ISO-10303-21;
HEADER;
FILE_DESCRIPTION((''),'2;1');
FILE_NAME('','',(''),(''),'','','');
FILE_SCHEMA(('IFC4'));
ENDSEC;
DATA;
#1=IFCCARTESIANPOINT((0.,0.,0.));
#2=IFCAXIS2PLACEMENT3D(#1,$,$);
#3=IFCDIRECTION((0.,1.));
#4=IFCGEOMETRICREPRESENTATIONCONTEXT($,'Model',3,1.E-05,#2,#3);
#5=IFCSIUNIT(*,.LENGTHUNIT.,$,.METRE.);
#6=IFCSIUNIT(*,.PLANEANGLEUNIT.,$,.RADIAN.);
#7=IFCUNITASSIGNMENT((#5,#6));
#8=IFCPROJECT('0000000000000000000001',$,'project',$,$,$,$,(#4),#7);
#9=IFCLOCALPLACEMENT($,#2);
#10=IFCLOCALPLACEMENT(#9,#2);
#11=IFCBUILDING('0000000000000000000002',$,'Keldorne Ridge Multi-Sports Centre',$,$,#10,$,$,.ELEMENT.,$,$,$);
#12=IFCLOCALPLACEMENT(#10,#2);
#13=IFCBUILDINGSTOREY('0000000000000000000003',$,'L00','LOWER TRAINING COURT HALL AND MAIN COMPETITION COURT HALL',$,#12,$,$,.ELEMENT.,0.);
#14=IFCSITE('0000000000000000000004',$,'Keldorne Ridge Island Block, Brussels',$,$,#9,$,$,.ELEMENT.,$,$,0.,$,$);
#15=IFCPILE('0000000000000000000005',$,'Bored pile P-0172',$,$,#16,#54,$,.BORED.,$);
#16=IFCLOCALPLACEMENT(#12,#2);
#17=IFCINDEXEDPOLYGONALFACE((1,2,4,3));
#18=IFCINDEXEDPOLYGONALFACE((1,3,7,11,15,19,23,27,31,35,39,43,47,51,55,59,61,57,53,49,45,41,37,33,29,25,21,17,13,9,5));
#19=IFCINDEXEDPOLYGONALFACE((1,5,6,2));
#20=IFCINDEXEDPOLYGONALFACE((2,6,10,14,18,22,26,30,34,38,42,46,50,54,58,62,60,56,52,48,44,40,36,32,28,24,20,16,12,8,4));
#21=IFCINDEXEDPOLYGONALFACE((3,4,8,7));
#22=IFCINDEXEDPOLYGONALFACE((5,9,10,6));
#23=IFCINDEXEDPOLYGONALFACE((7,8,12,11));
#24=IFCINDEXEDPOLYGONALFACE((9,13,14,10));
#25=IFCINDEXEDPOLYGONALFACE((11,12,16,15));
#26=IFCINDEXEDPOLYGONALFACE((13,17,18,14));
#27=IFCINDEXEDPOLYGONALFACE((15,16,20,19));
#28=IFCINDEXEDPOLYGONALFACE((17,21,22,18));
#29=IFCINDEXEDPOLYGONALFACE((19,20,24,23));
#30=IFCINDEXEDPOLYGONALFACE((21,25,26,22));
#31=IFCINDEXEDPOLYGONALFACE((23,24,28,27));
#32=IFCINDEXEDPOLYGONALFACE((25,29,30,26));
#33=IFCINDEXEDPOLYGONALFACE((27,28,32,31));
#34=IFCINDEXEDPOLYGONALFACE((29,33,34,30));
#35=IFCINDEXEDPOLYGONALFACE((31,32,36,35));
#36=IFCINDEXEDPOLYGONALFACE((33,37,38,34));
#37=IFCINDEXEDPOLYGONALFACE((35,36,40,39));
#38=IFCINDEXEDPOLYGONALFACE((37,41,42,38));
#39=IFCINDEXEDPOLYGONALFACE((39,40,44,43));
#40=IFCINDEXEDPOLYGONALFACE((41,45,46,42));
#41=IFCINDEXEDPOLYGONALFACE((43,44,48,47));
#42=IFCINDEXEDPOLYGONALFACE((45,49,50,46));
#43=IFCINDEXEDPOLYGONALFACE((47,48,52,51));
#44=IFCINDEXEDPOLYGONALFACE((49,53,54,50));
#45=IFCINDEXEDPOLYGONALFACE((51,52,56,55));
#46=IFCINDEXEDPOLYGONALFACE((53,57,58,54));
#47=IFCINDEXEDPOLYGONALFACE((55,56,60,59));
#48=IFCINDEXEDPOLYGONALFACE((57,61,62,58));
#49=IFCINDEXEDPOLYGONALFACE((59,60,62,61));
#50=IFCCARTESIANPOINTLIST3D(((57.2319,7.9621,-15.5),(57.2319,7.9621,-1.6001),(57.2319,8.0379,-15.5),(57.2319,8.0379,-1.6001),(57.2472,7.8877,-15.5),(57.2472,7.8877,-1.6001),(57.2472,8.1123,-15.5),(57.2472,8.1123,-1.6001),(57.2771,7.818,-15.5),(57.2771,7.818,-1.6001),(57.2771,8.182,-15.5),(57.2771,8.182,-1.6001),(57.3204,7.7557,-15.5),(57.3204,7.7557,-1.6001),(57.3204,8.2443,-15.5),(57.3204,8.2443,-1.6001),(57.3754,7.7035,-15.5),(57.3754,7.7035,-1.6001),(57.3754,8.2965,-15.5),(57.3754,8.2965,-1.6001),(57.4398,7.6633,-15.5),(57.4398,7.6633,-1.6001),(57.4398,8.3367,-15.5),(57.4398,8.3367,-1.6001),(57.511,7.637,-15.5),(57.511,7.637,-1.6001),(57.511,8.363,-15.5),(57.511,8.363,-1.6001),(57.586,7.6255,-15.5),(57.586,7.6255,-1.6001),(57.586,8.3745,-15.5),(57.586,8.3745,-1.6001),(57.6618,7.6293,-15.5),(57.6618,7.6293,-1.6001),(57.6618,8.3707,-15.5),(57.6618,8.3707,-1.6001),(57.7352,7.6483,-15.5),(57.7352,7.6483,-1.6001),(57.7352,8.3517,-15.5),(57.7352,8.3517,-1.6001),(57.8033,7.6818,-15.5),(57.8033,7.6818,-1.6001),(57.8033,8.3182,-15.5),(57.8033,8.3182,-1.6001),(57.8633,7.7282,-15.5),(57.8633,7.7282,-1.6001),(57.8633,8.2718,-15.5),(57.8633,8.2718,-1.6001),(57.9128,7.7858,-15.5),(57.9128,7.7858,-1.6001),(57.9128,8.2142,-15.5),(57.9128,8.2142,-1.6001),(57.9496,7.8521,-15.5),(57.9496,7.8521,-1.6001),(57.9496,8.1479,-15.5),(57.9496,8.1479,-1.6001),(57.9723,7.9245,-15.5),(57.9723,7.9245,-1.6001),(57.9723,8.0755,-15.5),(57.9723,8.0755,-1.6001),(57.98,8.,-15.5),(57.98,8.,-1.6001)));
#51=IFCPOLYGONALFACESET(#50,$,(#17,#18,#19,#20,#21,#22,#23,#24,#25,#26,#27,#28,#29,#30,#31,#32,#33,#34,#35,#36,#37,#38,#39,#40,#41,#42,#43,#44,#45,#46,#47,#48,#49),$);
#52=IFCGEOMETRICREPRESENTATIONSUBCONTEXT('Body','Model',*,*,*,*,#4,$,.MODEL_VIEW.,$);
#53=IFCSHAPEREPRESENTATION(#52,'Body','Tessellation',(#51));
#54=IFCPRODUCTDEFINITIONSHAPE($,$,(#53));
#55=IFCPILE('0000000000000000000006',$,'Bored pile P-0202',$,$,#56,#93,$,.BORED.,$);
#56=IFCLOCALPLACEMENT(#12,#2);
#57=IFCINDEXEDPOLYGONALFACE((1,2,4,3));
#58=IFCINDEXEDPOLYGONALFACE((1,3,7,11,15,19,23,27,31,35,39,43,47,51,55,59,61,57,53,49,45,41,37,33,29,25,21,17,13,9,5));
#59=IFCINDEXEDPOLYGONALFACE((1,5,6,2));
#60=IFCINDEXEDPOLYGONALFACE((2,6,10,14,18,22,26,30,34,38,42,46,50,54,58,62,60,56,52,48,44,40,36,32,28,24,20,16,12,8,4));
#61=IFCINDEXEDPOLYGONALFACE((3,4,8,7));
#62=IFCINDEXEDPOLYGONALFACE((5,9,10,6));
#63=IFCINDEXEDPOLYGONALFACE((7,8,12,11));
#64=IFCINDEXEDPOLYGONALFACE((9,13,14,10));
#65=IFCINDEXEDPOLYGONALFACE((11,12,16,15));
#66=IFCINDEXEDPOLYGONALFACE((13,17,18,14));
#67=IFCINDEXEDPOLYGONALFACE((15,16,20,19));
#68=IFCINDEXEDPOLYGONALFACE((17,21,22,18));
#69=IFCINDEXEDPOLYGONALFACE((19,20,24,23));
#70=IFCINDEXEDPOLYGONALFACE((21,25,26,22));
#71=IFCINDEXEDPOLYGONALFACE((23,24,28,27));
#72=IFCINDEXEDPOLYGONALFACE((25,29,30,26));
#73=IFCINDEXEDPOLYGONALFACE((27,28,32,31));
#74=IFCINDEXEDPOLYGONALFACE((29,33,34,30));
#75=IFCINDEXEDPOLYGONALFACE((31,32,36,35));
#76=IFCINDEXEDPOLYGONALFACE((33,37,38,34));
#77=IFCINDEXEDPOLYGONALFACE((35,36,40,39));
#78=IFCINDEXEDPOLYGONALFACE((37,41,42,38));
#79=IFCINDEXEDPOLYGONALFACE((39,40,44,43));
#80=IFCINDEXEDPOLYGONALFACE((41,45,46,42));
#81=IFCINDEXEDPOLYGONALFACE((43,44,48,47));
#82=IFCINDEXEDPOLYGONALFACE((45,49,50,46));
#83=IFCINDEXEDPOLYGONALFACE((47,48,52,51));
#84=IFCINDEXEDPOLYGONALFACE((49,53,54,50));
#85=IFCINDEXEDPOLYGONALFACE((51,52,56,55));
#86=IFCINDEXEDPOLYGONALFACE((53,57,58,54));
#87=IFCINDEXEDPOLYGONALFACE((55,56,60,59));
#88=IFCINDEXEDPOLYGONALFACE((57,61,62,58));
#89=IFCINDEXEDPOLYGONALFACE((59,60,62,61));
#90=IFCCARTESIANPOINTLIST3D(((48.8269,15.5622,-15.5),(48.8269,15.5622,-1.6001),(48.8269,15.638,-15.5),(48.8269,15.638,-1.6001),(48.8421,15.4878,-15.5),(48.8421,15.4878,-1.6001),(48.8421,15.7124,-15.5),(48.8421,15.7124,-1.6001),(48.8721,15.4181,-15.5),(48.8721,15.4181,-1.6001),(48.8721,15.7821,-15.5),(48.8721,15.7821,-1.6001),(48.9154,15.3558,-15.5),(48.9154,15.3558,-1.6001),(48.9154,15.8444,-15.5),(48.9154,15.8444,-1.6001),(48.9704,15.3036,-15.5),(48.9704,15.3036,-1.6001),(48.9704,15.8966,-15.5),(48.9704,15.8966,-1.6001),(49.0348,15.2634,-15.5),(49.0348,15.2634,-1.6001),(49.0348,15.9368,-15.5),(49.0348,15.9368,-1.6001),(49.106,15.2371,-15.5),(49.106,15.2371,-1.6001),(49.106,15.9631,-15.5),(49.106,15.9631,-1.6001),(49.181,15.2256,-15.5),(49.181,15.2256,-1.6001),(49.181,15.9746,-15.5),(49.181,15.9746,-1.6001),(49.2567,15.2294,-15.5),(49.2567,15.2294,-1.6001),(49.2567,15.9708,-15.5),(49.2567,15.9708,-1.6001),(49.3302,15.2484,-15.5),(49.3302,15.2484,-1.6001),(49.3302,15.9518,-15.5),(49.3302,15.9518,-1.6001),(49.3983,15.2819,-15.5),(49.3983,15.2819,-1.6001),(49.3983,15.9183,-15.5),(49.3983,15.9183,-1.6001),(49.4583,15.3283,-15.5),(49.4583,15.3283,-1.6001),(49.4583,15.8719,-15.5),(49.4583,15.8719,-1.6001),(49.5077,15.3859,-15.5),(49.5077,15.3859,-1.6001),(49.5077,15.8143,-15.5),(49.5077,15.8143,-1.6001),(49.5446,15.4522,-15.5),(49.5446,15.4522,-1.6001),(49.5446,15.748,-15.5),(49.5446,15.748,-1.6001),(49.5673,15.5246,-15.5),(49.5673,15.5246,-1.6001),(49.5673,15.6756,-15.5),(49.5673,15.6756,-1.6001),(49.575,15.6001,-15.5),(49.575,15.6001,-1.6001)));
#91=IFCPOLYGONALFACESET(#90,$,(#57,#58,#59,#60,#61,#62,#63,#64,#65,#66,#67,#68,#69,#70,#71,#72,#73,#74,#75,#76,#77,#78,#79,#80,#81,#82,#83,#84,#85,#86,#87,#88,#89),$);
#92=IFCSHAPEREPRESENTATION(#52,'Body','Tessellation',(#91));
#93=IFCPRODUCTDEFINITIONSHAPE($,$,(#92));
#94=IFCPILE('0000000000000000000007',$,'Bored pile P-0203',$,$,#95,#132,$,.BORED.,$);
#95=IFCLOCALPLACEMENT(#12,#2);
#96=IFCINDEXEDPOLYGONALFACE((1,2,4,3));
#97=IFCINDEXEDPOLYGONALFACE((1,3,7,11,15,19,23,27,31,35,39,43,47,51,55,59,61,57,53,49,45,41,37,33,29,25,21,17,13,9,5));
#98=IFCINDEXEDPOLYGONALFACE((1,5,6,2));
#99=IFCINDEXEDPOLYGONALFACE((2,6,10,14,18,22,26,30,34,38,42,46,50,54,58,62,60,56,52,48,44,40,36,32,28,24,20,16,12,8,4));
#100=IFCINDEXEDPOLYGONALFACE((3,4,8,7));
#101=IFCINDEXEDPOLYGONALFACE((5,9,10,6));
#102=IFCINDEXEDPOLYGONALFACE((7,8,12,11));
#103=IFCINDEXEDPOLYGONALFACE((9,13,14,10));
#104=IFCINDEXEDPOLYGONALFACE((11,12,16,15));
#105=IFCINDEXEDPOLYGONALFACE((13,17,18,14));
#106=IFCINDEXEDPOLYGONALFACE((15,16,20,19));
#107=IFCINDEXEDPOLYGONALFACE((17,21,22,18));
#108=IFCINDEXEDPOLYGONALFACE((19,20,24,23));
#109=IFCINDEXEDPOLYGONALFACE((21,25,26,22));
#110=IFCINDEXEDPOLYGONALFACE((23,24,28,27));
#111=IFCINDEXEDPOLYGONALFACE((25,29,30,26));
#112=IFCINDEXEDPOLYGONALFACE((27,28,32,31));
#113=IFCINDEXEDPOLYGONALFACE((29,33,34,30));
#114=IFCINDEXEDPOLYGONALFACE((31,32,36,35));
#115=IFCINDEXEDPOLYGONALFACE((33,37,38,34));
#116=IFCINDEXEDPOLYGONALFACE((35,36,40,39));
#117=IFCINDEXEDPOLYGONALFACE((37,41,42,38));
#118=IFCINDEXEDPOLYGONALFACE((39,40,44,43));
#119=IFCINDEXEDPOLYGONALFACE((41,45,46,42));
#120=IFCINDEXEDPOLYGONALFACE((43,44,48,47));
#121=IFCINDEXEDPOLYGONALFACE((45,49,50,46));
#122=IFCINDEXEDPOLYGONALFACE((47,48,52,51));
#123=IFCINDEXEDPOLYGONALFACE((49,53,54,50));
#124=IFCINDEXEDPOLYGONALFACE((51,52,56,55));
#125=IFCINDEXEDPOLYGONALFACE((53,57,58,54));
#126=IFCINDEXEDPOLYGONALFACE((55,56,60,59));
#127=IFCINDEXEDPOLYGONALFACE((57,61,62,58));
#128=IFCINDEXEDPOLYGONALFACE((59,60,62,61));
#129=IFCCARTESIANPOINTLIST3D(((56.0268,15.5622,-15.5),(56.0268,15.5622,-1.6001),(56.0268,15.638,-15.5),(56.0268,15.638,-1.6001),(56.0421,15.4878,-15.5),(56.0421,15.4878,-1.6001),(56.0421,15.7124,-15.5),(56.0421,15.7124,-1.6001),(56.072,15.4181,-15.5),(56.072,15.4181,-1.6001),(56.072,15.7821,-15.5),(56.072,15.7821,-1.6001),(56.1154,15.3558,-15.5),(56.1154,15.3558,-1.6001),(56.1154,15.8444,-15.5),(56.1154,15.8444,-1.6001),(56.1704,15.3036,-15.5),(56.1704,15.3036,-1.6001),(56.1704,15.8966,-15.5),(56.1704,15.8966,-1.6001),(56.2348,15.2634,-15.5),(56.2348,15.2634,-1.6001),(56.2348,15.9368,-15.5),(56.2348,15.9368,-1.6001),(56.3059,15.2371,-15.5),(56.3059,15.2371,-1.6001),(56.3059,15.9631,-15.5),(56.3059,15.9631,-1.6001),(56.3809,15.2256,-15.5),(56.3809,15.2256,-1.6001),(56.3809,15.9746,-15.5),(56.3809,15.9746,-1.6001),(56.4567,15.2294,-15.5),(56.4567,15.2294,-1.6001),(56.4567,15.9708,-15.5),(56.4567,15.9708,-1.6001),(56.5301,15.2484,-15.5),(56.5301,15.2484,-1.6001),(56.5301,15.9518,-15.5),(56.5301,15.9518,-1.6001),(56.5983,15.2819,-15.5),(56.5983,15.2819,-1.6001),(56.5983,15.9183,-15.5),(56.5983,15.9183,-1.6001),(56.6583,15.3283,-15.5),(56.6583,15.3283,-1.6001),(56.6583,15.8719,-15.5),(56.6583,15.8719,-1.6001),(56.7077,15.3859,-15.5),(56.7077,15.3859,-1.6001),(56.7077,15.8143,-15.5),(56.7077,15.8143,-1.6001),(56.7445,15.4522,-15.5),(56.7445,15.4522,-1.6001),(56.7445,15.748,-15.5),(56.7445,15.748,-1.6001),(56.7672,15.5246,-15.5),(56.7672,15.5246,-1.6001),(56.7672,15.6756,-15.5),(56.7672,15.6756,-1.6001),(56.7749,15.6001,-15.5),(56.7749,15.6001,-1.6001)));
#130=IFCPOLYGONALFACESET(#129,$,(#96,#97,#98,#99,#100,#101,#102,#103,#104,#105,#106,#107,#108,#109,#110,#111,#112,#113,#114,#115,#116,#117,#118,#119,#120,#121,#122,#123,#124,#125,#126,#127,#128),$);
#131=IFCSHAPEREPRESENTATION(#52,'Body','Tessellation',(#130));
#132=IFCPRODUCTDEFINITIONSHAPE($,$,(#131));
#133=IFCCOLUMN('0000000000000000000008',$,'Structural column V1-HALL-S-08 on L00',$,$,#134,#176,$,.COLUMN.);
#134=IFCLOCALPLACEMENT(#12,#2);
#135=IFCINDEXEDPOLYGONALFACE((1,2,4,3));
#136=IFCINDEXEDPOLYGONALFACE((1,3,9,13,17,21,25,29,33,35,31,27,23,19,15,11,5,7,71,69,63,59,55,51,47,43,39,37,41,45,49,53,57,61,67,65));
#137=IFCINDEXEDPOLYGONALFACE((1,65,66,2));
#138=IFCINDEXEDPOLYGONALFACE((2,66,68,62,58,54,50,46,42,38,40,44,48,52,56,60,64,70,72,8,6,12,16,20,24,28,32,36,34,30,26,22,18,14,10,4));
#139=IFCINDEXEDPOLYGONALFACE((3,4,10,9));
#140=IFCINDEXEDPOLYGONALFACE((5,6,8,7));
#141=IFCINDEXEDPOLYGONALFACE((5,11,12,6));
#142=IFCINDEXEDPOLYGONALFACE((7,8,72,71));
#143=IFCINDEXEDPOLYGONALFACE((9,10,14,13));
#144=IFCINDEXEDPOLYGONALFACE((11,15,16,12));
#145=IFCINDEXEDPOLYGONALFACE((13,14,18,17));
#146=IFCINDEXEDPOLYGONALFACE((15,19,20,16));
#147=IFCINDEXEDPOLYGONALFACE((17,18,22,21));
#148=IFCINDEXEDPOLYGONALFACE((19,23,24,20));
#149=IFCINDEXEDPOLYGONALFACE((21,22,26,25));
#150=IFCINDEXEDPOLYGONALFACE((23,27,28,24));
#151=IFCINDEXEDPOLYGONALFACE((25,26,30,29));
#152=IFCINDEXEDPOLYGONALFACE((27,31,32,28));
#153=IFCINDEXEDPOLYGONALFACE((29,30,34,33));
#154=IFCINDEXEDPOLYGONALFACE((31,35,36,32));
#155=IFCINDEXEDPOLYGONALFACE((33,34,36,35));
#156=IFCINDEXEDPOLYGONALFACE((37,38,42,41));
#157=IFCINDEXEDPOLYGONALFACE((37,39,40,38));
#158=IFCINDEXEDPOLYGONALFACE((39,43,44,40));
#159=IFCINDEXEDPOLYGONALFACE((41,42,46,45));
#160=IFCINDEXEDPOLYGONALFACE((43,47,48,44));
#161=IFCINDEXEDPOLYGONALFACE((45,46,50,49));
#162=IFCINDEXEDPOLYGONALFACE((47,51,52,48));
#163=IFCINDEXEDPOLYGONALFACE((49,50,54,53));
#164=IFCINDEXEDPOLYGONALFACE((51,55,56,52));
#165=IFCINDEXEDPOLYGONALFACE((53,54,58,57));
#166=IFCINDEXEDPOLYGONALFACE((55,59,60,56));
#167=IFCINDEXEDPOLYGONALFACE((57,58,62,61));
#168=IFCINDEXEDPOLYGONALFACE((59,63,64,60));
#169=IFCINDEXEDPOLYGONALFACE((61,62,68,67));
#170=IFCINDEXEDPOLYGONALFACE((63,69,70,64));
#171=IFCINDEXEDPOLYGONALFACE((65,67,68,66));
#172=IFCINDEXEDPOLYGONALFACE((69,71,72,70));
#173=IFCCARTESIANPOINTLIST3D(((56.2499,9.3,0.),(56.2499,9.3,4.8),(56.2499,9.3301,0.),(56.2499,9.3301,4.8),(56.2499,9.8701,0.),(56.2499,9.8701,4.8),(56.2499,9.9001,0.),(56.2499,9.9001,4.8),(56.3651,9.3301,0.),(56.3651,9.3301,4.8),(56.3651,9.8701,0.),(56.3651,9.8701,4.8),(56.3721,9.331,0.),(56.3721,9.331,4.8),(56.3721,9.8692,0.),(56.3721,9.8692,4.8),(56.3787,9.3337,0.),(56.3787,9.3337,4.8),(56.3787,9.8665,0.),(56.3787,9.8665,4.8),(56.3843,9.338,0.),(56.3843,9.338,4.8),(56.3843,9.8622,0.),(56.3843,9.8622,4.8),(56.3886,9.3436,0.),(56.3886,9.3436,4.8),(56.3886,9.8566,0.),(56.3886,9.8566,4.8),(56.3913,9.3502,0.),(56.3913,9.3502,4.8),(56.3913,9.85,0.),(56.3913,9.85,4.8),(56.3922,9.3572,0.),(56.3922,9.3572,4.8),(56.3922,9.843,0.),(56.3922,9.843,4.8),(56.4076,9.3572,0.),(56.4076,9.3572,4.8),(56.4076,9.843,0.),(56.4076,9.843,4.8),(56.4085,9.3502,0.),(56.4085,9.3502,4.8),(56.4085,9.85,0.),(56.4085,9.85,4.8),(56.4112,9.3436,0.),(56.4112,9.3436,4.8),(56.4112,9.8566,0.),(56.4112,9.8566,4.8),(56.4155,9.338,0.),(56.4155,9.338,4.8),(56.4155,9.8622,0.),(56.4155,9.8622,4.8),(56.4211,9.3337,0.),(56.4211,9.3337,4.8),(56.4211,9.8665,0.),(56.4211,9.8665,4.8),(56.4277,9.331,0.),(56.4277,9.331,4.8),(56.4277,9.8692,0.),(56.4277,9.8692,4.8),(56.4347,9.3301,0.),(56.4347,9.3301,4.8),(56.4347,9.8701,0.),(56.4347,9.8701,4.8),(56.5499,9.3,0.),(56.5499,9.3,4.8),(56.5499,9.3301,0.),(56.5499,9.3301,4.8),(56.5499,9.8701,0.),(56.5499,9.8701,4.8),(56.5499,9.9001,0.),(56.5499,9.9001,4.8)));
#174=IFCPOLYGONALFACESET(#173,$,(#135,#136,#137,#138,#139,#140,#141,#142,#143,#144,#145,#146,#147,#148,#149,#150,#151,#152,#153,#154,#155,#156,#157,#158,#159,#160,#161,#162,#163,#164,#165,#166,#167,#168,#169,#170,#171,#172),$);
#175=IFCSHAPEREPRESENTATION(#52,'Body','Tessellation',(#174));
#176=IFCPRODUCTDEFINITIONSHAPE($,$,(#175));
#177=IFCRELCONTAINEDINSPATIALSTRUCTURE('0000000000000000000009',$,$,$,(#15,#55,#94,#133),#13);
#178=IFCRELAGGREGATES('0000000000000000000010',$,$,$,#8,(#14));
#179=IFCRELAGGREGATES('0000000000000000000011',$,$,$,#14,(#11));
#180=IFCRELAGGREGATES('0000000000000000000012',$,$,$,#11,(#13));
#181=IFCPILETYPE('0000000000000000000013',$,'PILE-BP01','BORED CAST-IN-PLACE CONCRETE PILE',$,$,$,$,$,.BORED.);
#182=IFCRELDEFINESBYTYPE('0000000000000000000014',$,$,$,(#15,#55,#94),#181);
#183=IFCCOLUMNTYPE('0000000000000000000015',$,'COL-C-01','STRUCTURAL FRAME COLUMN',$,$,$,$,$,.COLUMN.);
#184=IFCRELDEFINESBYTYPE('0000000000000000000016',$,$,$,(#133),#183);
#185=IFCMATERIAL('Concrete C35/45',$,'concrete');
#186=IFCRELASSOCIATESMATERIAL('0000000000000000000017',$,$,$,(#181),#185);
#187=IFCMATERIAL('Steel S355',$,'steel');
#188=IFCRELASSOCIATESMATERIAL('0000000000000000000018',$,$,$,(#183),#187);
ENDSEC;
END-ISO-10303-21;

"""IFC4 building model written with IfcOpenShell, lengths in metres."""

from ifc_helpers import new_model, si_unit, direction, frame, origin, origin_2d, place, context, subcontext, project, spatial, circle, i_section, extrude, material, material_profile, profile_set, type_object, element, save


model = new_model("IFC4")

# Units and contexts
model_context = context("Model", 3, precision=1e-05, world=origin(), true_north=direction((0.0, 1.0)))
body_context = subcontext(model_context, "Body", "Model", "MODEL_VIEW")
ifc_project = project(units=[si_unit("LENGTHUNIT", "METRE"), si_unit("PLANEANGLEUNIT", "RADIAN")], contexts=[model_context])

# Site, building, storey
site_placement = place(None, origin())
site = spatial("IfcSite", under=ifc_project, at=site_placement, Name="Keldorne Ridge Island Block, Brussels", CompositionType="ELEMENT", RefElevation=0.0)
building_placement = place(site_placement, origin())
building = spatial("IfcBuilding", under=site, at=building_placement, Name="Keldorne Ridge Multi-Sports Centre", CompositionType="ELEMENT")
storey_placement = place(building_placement, origin())
storey = spatial("IfcBuildingStorey", under=building, at=storey_placement, Name="L00", Description="LOWER TRAINING COURT HALL AND MAIN COMPETITION COURT HALL", CompositionType="ELEMENT", Elevation=0.0)

# Shared definitions
ifc_material_1 = material(Name="Concrete C35/45", Category="concrete")

# Piles
ifc_material_profile_1 = material_profile(ifc_material_1, circle(Radius=0.375, at=origin_2d()), Name="BORED PILE D750")
ifc_profile_set_1 = profile_set([ifc_material_profile_1], Name="Concrete C35/45")
pile_type = type_object("IfcPileType", Name="PILE-BP01", Description="BORED CAST-IN-PLACE CONCRETE PILE", PredefinedType="BORED", material=ifc_profile_set_1)
for number, where, z_axis, x_axis, name in (
    (1, (57.605, 8.0, -1.6001), (0.0, 0.0, -1.0), (1.0, 0.0, 0.0), "Bored pile P-0172"),
    (2, (49.2, 15.6001, -1.6001), (0.0, 0.0, -1.0), (1.0, 0.0, 0.0), "Bored pile P-0202"),
    (3, (56.3999, 15.6001, -1.6001), (0.0, 0.0, -1.0), (1.0, 0.0, 0.0), "Bored pile P-0203"),
):
    element("IfcPile", number, at=place(storey_placement, frame(where, z_axis=z_axis, x_axis=x_axis)), inside=storey, type_object=pile_type, Name=name, PredefinedType="BORED", context=body_context, shape_type="SweptSolid", body=[
        extrude(circle(Radius=0.375, at=origin_2d()), origin(), (0.0, 0.0, 1.0), 13.8999),
    ])

# Column
ifc_material_2 = material(Name="Steel S355", Category="steel")
ifc_material_profile_2 = material_profile(ifc_material_2, i_section(OverallWidth=0.3, OverallDepth=0.6001, WebThickness=0.0154, FlangeThickness=0.03, FilletRadius=0.0271, at=origin_2d()), Name="HEB 600")
ifc_profile_set_2 = profile_set([ifc_material_profile_2], Name="Steel S355")
column_type_1 = type_object("IfcColumnType", Name="COL-C-01", Description="STRUCTURAL FRAME COLUMN", PredefinedType="COLUMN", material=ifc_profile_set_2)
column_1_placement = place(storey_placement, frame((56.3999, 9.6001, 0.0), z_axis=(0.0, 0.0, 1.0), x_axis=(1.0, 0.0, 0.0)))
element("IfcColumn", 4, at=column_1_placement, inside=storey, type_object=column_type_1, Name="Structural column V1-HALL-S-08 on L00", PredefinedType="COLUMN", context=body_context, shape_type="SweptSolid", body=[
    extrude(i_section(OverallWidth=0.3, OverallDepth=0.6001, WebThickness=0.0154, FlangeThickness=0.03, FilletRadius=0.0271, at=origin_2d()), origin(), (0.0, 0.0, 1.0), 4.8),
])

save(model, "model.ifc")
